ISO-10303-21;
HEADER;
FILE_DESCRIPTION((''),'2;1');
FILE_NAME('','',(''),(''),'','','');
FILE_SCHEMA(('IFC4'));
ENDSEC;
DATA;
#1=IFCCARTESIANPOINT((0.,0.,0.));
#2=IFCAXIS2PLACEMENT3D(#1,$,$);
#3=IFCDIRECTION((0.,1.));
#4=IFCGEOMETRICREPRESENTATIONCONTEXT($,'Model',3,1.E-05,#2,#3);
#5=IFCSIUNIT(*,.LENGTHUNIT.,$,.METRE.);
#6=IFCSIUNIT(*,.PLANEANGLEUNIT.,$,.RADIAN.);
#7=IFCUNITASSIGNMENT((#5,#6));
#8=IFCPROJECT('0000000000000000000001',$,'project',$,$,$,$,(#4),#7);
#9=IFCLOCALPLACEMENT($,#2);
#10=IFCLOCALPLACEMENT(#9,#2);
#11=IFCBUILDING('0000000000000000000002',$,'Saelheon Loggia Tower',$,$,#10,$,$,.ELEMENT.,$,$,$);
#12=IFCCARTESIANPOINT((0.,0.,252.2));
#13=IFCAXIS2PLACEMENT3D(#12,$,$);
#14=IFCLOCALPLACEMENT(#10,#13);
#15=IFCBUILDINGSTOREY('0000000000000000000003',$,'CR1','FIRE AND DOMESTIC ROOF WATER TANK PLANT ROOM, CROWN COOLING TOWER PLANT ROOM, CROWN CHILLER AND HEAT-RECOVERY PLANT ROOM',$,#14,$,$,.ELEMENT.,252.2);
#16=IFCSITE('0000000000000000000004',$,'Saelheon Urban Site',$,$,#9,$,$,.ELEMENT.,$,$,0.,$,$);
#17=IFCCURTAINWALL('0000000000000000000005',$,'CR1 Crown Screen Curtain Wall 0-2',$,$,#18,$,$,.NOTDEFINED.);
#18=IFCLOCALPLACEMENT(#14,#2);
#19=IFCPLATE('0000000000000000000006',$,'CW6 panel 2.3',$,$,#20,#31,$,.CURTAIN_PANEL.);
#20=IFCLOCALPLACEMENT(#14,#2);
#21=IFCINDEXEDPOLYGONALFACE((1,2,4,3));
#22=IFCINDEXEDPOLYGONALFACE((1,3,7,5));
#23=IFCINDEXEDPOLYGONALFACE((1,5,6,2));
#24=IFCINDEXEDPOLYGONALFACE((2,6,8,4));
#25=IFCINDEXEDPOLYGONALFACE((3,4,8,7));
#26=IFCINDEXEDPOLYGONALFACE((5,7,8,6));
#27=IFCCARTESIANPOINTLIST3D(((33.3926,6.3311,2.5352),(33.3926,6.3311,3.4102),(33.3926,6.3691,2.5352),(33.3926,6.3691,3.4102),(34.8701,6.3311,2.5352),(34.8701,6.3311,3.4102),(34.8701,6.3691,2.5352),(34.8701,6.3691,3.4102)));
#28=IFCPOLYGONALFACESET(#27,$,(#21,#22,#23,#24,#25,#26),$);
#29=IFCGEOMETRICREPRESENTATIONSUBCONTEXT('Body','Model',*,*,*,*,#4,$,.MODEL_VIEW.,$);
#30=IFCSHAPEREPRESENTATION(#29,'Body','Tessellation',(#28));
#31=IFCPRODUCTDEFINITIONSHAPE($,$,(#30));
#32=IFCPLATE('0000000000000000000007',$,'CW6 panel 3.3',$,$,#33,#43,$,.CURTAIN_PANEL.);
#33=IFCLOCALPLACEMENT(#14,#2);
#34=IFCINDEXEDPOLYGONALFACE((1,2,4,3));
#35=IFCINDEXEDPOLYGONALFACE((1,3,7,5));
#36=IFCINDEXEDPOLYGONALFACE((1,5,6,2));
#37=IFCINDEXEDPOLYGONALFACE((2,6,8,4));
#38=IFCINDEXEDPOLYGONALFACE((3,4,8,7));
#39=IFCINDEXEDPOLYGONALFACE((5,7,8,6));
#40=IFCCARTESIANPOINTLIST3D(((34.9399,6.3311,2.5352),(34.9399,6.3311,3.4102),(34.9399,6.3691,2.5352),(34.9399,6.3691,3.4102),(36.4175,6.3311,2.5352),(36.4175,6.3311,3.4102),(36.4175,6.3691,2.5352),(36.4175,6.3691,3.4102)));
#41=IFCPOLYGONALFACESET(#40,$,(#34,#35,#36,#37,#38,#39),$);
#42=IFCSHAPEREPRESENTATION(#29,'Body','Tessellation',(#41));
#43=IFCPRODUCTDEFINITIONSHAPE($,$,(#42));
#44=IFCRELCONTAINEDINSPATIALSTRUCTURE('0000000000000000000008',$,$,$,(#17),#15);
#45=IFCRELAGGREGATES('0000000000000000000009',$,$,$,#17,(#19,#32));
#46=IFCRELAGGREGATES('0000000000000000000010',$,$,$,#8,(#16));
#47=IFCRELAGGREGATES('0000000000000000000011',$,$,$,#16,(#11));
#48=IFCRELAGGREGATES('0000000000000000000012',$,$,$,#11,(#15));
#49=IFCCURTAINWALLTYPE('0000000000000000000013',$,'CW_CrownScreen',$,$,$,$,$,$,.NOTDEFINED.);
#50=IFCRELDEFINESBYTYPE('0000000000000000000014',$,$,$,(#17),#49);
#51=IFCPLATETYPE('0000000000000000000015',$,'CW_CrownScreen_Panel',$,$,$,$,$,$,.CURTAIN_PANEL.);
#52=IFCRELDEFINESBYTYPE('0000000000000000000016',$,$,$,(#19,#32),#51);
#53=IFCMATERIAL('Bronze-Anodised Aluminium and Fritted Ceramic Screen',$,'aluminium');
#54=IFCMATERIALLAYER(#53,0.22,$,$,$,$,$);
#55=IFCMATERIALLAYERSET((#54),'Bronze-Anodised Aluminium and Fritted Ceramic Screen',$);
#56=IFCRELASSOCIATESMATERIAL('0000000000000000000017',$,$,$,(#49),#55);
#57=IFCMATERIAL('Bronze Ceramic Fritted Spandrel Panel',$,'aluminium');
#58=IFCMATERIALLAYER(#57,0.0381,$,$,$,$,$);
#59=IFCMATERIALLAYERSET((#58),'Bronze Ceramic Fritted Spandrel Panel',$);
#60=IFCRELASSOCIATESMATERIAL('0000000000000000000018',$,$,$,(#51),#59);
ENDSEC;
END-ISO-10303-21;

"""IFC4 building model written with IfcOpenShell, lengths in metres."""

from ifc_helpers import new_model, si_unit, direction, frame, origin, origin_2d, place, context, subcontext, project, spatial, rectangle, extrude, source, transform, mapped, material, layer, layer_set, type_object, element, aggregate, save


model = new_model("IFC4")

# Units and contexts
model_context = context("Model", 3, precision=1e-05, world=origin(), true_north=direction((0.0, 1.0)))
body_context = subcontext(model_context, "Body", "Model", "MODEL_VIEW")
ifc_project = project(units=[si_unit("LENGTHUNIT", "METRE"), si_unit("PLANEANGLEUNIT", "RADIAN")], contexts=[model_context])

# Site, building, storey
site_placement = place(None, origin())
site = spatial("IfcSite", under=ifc_project, at=site_placement, Name="Saelheon Urban Site", CompositionType="ELEMENT", RefElevation=0.0)
building_placement = place(site_placement, origin())
building = spatial("IfcBuilding", under=site, at=building_placement, Name="Saelheon Loggia Tower", CompositionType="ELEMENT")
storey_placement = place(building_placement, frame((0.0, 0.0, 252.2)))
storey = spatial("IfcBuildingStorey", under=building, at=storey_placement, Name="CR1", Description="FIRE AND DOMESTIC ROOF WATER TANK PLANT ROOM, CROWN COOLING TOWER PLANT ROOM, CROWN CHILLER AND HEAT-RECOVERY PLANT ROOM", CompositionType="ELEMENT", Elevation=252.2)

# Curtain wall, plates
ifc_material_1 = material(Name="Bronze-Anodised Aluminium and Fritted Ceramic Screen", Category="aluminium")
ifc_layer_1 = layer(ifc_material_1, 0.22)
ifc_layer_set_1 = layer_set([ifc_layer_1], Name="Bronze-Anodised Aluminium and Fritted Ceramic Screen")
curtain_wall_type = type_object("IfcCurtainWallType", Name="CW_CrownScreen", PredefinedType="NOTDEFINED", material=ifc_layer_set_1)
curtain_wall_placement = place(storey_placement, origin())
curtain_wall = element("IfcCurtainWall", 1, at=curtain_wall_placement, inside=storey, type_object=curtain_wall_type, Name="CR1 Crown Screen Curtain Wall 0-2", PredefinedType="NOTDEFINED")
ifc_material_2 = material(Name="Bronze Ceramic Fritted Spandrel Panel", Category="aluminium")
ifc_layer_2 = layer(ifc_material_2, 0.0381)
ifc_layer_set_2 = layer_set([ifc_layer_2], Name="Bronze Ceramic Fritted Spandrel Panel")
plate_type = type_object("IfcPlateType", Name="CW_CrownScreen_Panel", PredefinedType="CURTAIN_PANEL", material=ifc_layer_set_2)
shared_shape_1 = source(origin(), body_context, "Body", "SweptSolid", [
    extrude(rectangle(XDim=1.4775, YDim=0.0381, at=origin_2d()), origin(), (0.0, 0.0, 1.0), 0.875),
])
plate_1_placement = place(storey_placement, frame((34.1313, 6.3501, 2.5352), z_axis=(0.0, 0.0, 1.0), x_axis=(1.0, 0.0, 0.0)))
plate_1 = element("IfcPlate", 2, at=plate_1_placement, type_object=plate_type, Name="CW6 panel 2.3", PredefinedType="CURTAIN_PANEL", context=body_context, shape_type="MappedRepresentation", body=[
    mapped(shared_shape_1, transform((0.0, 0.0, 0.0), scale=1.0)),
])
plate_2_placement = place(storey_placement, frame((35.6787, 6.3501, 2.5352), z_axis=(0.0, 0.0, 1.0), x_axis=(1.0, 0.0, 0.0)))
plate_2 = element("IfcPlate", 3, at=plate_2_placement, type_object=plate_type, Name="CW6 panel 3.3", PredefinedType="CURTAIN_PANEL", context=body_context, shape_type="MappedRepresentation", body=[
    mapped(shared_shape_1, transform((0.0, 0.0, 0.0), scale=1.0)),
])
aggregate(curtain_wall, [plate_1, plate_2])

save(model, "model.ifc")
